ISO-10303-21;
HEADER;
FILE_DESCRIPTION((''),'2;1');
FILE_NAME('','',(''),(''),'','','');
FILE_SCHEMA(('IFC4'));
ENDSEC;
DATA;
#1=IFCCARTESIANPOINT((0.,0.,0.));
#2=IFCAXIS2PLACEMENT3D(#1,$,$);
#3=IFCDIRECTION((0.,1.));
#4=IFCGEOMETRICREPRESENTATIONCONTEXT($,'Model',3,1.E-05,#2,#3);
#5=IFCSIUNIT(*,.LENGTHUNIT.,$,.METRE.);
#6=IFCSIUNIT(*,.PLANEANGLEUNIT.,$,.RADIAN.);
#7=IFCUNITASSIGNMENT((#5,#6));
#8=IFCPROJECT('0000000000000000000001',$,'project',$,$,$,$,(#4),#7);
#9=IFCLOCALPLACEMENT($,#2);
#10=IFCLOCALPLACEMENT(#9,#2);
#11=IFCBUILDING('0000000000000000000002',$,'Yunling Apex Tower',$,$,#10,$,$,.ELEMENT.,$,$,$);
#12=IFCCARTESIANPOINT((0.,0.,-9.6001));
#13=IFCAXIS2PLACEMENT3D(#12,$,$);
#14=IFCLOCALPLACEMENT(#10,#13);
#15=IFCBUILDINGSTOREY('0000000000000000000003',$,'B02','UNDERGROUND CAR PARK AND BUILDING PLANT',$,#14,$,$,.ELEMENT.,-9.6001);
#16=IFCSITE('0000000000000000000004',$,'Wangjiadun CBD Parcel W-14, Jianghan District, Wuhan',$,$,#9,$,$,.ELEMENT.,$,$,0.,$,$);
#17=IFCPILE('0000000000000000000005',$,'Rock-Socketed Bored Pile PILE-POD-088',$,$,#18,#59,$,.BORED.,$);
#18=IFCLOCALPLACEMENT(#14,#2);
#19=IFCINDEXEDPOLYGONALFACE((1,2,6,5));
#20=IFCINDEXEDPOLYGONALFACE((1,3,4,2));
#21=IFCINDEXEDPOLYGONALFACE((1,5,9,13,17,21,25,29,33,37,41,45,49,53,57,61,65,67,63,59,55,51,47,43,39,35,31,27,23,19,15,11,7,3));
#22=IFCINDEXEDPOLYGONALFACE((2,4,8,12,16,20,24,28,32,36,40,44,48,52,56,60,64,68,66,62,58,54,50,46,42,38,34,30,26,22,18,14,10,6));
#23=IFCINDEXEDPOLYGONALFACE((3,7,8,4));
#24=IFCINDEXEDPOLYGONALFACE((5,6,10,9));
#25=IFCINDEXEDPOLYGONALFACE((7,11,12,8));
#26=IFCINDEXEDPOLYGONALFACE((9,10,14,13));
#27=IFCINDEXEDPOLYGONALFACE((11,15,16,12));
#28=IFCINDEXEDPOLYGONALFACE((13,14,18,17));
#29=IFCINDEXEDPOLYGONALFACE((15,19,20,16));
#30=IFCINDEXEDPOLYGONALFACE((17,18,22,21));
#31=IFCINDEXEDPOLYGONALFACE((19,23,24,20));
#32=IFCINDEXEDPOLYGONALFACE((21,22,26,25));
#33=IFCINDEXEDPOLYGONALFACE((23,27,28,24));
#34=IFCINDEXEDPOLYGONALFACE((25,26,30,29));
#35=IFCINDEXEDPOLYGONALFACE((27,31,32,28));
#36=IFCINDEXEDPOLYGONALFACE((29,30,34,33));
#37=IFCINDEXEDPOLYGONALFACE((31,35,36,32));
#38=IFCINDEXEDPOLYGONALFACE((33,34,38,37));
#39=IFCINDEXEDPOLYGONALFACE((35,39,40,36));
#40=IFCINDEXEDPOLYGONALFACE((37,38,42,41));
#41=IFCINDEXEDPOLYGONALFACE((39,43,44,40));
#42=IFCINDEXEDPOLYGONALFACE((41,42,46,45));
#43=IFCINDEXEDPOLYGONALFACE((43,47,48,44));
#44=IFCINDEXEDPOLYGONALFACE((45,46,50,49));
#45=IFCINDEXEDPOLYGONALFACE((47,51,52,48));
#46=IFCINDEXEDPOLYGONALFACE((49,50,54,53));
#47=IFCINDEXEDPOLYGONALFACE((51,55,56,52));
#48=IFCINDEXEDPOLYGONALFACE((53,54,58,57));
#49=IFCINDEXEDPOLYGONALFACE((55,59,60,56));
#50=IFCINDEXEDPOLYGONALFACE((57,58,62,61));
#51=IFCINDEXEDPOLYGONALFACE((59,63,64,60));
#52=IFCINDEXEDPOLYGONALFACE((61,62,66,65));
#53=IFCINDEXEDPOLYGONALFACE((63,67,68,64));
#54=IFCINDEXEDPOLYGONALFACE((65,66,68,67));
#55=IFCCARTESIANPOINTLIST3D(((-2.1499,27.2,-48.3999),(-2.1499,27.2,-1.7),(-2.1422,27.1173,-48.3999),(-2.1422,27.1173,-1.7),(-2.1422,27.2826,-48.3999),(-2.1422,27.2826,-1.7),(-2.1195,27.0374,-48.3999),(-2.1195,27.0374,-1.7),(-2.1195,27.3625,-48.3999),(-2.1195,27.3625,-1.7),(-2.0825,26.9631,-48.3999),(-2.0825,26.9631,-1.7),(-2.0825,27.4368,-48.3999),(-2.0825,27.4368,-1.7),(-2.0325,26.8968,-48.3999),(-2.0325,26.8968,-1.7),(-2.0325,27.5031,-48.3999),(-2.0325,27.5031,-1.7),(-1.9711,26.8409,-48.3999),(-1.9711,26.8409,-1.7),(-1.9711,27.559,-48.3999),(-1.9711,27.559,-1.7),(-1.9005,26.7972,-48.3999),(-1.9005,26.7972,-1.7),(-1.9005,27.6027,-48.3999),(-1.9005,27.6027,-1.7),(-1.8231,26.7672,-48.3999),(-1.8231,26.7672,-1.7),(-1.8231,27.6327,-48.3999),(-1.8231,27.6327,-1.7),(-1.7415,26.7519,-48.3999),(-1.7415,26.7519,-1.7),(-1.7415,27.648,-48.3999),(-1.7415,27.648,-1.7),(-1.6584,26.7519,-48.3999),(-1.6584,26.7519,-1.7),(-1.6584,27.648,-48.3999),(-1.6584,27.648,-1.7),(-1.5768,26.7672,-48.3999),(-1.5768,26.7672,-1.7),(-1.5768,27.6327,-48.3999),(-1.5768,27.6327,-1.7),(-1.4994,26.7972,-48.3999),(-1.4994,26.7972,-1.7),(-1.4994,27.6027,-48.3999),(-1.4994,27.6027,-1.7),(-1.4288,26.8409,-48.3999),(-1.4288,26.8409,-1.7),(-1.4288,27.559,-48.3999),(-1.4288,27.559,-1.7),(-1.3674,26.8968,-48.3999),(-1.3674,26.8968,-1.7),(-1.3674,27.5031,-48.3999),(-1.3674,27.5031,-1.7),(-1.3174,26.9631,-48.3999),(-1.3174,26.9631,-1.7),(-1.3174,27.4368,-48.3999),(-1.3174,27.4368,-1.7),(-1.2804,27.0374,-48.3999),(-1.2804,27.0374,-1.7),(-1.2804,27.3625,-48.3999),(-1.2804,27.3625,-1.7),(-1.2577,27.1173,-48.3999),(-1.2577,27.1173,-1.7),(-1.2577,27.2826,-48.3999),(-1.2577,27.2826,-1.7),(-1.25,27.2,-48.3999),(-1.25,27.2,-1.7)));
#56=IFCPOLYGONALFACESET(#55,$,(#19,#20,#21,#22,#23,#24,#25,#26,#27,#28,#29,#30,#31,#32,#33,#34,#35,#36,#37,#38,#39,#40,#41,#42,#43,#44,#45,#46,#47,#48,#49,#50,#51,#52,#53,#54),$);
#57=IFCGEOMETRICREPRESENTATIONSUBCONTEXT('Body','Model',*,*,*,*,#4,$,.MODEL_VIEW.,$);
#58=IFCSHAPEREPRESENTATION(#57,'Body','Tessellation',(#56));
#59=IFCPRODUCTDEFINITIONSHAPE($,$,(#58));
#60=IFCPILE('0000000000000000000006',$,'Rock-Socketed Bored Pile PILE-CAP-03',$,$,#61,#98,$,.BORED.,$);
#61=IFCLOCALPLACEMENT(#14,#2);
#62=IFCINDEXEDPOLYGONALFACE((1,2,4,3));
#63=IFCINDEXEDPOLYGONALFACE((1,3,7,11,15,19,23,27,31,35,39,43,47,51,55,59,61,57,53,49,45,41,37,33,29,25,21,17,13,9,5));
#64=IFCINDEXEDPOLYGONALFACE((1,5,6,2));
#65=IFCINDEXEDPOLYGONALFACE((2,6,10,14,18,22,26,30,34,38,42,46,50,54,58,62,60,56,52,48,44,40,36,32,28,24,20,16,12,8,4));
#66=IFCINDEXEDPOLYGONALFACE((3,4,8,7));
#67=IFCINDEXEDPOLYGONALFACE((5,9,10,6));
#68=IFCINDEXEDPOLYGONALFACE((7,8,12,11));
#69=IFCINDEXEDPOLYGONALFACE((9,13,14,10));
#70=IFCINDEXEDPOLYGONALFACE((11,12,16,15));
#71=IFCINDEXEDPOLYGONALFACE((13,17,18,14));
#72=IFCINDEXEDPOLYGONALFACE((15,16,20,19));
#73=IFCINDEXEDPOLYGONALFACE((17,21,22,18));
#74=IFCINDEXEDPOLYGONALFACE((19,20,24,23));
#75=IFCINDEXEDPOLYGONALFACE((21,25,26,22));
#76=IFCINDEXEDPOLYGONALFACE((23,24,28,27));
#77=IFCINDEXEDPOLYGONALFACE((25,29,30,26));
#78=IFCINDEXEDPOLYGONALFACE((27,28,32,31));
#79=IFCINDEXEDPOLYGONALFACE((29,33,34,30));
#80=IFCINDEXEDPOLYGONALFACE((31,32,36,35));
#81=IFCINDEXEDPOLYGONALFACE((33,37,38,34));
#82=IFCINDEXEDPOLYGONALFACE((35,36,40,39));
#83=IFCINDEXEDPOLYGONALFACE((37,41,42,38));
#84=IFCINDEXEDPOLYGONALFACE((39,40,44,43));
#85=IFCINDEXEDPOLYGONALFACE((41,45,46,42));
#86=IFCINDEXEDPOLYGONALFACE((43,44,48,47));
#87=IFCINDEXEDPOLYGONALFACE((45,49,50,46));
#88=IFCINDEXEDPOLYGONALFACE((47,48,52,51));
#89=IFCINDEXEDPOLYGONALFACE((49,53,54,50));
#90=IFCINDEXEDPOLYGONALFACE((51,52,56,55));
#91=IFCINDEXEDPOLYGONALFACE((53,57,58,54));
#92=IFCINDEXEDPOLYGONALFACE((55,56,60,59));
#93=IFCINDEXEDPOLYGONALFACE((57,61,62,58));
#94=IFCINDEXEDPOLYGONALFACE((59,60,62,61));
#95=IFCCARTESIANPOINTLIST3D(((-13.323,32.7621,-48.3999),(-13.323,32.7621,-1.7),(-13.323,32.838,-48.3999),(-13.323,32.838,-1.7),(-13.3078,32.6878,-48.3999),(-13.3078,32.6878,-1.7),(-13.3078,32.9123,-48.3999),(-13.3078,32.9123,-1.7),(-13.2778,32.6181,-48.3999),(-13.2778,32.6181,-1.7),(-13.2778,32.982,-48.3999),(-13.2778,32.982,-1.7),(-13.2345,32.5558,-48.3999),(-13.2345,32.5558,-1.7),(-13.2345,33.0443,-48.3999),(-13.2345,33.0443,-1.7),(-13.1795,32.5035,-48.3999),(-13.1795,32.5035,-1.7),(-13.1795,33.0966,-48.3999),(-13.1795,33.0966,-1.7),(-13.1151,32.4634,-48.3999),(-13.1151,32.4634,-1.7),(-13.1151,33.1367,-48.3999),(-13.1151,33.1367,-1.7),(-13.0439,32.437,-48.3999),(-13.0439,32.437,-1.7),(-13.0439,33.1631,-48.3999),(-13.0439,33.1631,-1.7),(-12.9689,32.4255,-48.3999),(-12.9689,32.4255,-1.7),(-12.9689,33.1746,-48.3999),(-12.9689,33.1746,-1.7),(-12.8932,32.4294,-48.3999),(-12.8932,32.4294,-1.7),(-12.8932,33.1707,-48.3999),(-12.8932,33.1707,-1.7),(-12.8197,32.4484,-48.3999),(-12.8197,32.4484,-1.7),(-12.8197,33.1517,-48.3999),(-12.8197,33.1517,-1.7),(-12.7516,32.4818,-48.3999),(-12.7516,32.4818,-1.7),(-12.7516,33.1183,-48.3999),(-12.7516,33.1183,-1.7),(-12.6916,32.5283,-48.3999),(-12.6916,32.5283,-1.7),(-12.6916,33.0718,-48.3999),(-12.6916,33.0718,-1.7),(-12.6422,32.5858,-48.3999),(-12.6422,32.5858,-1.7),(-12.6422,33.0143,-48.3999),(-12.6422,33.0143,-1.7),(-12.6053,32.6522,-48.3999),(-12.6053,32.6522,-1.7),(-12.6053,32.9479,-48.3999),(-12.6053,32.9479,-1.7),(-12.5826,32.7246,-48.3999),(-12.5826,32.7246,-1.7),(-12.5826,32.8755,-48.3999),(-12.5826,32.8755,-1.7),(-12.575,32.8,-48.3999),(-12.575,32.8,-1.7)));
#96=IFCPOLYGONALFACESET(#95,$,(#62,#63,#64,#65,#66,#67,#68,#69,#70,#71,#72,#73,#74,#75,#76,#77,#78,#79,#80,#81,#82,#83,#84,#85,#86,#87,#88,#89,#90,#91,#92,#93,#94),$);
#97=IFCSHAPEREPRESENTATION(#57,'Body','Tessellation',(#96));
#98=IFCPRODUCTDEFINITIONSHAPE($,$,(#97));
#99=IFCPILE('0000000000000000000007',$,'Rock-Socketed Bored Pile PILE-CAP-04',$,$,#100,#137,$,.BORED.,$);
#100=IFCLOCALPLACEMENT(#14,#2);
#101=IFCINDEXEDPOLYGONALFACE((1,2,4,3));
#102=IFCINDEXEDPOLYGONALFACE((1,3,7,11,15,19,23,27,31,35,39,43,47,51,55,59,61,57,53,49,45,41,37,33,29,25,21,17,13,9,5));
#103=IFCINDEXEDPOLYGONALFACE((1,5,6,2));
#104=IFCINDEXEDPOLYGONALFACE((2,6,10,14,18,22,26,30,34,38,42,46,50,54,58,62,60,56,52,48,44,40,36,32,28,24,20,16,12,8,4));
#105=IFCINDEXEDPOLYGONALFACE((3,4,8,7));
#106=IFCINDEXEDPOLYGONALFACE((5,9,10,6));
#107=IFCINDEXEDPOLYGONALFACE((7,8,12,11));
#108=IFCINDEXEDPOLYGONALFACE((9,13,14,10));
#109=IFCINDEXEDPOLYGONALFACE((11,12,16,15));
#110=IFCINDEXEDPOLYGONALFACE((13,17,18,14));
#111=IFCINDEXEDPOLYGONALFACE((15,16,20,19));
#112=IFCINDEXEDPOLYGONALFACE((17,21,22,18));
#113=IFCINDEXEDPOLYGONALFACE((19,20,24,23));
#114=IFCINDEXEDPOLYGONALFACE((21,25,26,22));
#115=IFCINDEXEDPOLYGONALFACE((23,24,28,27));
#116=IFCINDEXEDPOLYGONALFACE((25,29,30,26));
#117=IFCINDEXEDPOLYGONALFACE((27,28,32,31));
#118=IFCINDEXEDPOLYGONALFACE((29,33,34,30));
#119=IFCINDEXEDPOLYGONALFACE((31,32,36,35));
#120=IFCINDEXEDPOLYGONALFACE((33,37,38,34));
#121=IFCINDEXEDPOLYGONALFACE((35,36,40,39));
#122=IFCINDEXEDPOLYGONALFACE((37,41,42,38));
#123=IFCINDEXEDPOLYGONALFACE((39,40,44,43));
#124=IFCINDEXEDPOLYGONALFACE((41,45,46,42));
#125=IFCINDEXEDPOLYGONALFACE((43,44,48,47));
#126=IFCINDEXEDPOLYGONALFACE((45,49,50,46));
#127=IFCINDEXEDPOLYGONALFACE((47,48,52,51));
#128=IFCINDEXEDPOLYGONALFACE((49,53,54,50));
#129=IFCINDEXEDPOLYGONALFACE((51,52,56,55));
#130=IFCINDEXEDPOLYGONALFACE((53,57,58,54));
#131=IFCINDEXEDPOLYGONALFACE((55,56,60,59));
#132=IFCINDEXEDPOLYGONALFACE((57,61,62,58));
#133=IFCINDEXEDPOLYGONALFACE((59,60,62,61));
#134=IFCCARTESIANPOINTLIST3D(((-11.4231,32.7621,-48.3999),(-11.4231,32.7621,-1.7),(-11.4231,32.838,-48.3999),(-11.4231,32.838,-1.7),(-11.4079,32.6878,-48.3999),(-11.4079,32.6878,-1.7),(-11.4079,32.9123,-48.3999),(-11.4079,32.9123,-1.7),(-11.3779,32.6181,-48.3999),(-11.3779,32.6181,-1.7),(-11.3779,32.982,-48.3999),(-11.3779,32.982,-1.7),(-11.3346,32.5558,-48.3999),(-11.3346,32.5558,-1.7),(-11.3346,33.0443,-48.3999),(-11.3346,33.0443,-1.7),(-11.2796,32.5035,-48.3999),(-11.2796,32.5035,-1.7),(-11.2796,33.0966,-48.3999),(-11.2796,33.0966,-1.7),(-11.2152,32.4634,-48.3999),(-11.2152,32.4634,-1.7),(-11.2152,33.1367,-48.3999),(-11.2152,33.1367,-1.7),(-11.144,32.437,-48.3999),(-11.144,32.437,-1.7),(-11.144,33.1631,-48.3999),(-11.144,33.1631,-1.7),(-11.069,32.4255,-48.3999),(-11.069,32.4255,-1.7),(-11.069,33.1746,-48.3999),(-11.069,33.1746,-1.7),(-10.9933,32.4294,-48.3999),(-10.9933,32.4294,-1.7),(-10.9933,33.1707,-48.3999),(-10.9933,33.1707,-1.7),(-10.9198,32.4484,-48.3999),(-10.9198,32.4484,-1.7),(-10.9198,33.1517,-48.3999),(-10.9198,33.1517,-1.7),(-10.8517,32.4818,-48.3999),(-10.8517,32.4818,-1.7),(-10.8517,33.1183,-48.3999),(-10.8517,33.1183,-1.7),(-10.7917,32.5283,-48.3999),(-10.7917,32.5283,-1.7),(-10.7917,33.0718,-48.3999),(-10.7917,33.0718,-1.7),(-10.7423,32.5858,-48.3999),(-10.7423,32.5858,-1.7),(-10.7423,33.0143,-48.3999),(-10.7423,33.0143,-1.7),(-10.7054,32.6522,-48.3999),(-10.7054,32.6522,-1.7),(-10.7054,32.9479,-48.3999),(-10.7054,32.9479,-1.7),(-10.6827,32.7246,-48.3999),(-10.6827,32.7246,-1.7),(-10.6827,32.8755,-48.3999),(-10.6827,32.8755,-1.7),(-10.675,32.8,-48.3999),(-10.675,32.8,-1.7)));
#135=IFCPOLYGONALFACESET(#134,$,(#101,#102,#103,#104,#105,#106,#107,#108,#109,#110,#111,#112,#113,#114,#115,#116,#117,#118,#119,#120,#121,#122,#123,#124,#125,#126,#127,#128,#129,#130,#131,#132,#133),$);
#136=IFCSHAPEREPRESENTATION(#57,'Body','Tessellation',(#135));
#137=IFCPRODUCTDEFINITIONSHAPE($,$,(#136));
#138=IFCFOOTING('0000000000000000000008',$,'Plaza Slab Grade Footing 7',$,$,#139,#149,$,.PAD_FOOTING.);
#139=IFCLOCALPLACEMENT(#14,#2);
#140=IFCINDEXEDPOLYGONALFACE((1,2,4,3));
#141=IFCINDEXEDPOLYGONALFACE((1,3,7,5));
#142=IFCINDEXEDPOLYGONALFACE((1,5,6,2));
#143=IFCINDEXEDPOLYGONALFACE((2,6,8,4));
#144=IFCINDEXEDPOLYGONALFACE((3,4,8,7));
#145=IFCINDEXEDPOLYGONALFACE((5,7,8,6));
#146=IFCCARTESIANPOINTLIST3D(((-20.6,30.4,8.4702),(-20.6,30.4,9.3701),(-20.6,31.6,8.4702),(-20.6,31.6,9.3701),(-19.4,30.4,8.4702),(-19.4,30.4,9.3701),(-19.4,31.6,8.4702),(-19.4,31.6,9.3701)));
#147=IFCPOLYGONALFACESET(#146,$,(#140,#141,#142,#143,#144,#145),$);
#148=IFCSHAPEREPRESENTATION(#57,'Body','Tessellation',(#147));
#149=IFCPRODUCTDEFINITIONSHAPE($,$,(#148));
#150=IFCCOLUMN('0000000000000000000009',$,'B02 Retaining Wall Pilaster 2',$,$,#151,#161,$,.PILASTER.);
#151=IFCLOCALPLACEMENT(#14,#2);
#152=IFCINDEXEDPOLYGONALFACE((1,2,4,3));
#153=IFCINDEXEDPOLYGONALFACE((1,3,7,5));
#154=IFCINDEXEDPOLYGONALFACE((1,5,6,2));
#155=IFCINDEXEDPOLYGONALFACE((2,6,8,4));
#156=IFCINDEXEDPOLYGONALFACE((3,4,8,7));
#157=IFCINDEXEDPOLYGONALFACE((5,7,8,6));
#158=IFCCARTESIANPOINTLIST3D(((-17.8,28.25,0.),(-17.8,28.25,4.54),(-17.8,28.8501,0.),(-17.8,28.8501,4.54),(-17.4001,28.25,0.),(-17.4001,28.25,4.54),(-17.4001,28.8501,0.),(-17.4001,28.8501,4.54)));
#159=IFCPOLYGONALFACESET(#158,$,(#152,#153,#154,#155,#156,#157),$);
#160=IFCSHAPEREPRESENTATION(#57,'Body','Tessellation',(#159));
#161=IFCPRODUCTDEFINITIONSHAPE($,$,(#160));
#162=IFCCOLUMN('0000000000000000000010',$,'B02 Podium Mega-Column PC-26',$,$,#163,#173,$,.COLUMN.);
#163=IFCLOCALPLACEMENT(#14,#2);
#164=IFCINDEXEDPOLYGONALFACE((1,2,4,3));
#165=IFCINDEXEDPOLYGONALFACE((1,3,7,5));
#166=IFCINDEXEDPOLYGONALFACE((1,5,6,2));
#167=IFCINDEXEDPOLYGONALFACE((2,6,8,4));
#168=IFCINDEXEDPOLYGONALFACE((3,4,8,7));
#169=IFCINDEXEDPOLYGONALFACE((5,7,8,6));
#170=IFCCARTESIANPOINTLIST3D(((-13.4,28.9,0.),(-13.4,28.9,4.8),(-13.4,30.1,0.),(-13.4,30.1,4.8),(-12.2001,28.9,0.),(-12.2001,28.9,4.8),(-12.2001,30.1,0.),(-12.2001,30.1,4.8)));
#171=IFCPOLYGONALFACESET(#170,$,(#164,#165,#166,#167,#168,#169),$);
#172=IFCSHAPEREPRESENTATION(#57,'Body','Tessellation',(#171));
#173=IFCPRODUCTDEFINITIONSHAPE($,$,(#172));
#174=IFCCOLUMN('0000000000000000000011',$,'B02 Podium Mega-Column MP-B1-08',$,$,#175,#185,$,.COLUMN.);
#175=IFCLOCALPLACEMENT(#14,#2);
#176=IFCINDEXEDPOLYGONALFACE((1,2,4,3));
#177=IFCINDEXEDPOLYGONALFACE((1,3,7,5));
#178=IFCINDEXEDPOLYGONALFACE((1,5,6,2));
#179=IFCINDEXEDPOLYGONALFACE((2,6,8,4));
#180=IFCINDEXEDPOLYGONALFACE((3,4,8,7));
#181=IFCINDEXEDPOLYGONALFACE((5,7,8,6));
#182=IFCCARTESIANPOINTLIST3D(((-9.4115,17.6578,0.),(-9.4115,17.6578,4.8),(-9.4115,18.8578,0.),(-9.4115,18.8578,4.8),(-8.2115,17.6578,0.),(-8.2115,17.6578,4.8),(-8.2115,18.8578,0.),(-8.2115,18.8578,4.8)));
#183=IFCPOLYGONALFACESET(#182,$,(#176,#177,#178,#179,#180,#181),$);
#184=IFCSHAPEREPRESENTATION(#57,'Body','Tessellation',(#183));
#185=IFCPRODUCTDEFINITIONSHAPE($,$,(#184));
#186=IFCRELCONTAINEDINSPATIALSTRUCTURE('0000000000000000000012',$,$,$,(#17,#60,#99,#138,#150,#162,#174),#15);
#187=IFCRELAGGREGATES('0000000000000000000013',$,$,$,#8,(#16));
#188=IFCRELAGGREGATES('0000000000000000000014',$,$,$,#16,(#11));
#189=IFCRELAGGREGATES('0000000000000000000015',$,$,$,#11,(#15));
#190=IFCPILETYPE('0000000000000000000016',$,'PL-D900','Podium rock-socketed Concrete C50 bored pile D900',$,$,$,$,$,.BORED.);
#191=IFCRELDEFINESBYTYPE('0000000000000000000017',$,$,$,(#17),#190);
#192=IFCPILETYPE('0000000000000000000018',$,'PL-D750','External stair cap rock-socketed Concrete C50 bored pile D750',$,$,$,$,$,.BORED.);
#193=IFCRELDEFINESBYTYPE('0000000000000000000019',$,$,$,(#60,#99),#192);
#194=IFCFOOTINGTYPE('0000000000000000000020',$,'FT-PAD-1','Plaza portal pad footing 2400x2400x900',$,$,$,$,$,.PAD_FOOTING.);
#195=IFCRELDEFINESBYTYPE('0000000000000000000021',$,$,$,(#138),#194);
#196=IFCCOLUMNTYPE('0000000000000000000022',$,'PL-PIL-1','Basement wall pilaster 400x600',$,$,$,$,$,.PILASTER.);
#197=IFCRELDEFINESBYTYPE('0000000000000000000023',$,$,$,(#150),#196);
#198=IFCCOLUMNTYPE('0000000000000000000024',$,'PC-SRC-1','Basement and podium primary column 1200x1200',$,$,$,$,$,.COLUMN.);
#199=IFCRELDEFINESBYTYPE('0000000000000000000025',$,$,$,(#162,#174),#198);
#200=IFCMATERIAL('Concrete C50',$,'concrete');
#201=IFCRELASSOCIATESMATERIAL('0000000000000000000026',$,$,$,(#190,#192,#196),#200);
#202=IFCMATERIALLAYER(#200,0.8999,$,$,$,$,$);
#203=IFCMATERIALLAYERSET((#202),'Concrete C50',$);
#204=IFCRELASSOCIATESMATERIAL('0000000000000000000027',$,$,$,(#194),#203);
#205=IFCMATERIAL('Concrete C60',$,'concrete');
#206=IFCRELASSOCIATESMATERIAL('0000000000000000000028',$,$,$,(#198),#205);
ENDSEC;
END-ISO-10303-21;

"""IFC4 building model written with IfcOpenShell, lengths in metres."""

from ifc_helpers import new_model, si_unit, direction, frame, origin, origin_2d, place, context, subcontext, project, spatial, rectangle, circle, extrude, source, transform, mapped, material, layer, layer_set, material_profile, profile_set, type_object, element, save


model = new_model("IFC4")

# Units and contexts
model_context = context("Model", 3, precision=1e-05, world=origin(), true_north=direction((0.0, 1.0)))
body_context = subcontext(model_context, "Body", "Model", "MODEL_VIEW")
ifc_project = project(units=[si_unit("LENGTHUNIT", "METRE"), si_unit("PLANEANGLEUNIT", "RADIAN")], contexts=[model_context])

# Site, building, storey
site_placement = place(None, origin())
site = spatial("IfcSite", under=ifc_project, at=site_placement, Name="Wangjiadun CBD Parcel W-14, Jianghan District, Wuhan", CompositionType="ELEMENT", RefElevation=0.0)
building_placement = place(site_placement, origin())
building = spatial("IfcBuilding", under=site, at=building_placement, Name="Yunling Apex Tower", CompositionType="ELEMENT")
storey_placement = place(building_placement, frame((0.0, 0.0, -9.6001)))
storey = spatial("IfcBuildingStorey", under=building, at=storey_placement, Name="B02", Description="UNDERGROUND CAR PARK AND BUILDING PLANT", CompositionType="ELEMENT", Elevation=-9.6001)

# Shared definitions
ifc_material_1 = material(Name="Concrete C50", Category="concrete")

# Piles
ifc_material_profile_1 = material_profile(ifc_material_1, circle(Radius=0.45, at=origin_2d()))
ifc_profile_set_1 = profile_set([ifc_material_profile_1], Name="Concrete C50")
pile_type_1 = type_object("IfcPileType", Name="PL-D900", Description="Podium rock-socketed Concrete C50 bored pile D900", PredefinedType="BORED", material=ifc_profile_set_1)
shared_shape_1 = source(origin(), body_context, "Body", "SweptSolid", [
    extrude(circle(Radius=0.45, at=origin_2d()), origin(), (0.0, 0.0, 1.0), 46.7),
])
for number, where, z_axis, x_axis, name in (
    (1, (-1.7, 27.2, -1.7), (0.0, 0.0, -1.0), (1.0, 0.0, 0.0), "Rock-Socketed Bored Pile PILE-POD-088"),
):
    element("IfcPile", number, at=place(storey_placement, frame(where, z_axis=z_axis, x_axis=x_axis)), inside=storey, type_object=pile_type_1, Name=name, PredefinedType="BORED", context=body_context, shape_type="MappedRepresentation", body=[
        mapped(shared_shape_1, transform((0.0, 0.0, 0.0), scale=1.0)),
    ])
ifc_material_profile_2 = material_profile(ifc_material_1, circle(Radius=0.375, at=origin_2d()))
ifc_profile_set_2 = profile_set([ifc_material_profile_2], Name="Concrete C50")
pile_type_2 = type_object("IfcPileType", Name="PL-D750", Description="External stair cap rock-socketed Concrete C50 bored pile D750", PredefinedType="BORED", material=ifc_profile_set_2)
shared_shape_2 = source(origin(), body_context, "Body", "SweptSolid", [
    extrude(circle(Radius=0.375, at=origin_2d()), origin(), (0.0, 0.0, 1.0), 46.7),
])
for number, where, z_axis, x_axis, name in (
    (2, (-12.95, 32.8, -1.7), (0.0, 0.0, -1.0), (1.0, 0.0, 0.0), "Rock-Socketed Bored Pile PILE-CAP-03"),
    (3, (-11.05, 32.8, -1.7), (0.0, 0.0, -1.0), (1.0, 0.0, 0.0), "Rock-Socketed Bored Pile PILE-CAP-04"),
):
    element("IfcPile", number, at=place(storey_placement, frame(where, z_axis=z_axis, x_axis=x_axis)), inside=storey, type_object=pile_type_2, Name=name, PredefinedType="BORED", context=body_context, shape_type="MappedRepresentation", body=[
        mapped(shared_shape_2, transform((0.0, 0.0, 0.0), scale=1.0)),
    ])

# Footing
ifc_layer_1 = layer(ifc_material_1, 0.8999)
ifc_layer_set_1 = layer_set([ifc_layer_1], Name="Concrete C50")
footing_type_1 = type_object("IfcFootingType", Name="FT-PAD-1", Description="Plaza portal pad footing 2400x2400x900", PredefinedType="PAD_FOOTING", material=ifc_layer_set_1)
shared_shape_3 = source(origin(), body_context, "Body", "SweptSolid", [
    extrude(rectangle(XDim=1.2, YDim=1.2, at=origin_2d()), origin(), (0.0, 0.0, 1.0), 0.8999),
])
footing_1_placement = place(storey_placement, frame((-20.0, 31.0, 8.4702), z_axis=(0.0, 0.0, 1.0), x_axis=(1.0, 0.0, 0.0)))
element("IfcFooting", 4, at=footing_1_placement, inside=storey, type_object=footing_type_1, Name="Plaza Slab Grade Footing 7", PredefinedType="PAD_FOOTING", context=body_context, shape_type="MappedRepresentation", body=[
    mapped(shared_shape_3, transform((0.0, 0.0, 0.0), scale=1.0)),
])

# Columns
ifc_material_profile_3 = material_profile(ifc_material_1, rectangle(XDim=0.3999, YDim=0.6001, at=origin_2d()))
ifc_profile_set_3 = profile_set([ifc_material_profile_3], Name="Concrete C50")
column_type_1 = type_object("IfcColumnType", Name="PL-PIL-1", Description="Basement wall pilaster 400x600", PredefinedType="PILASTER", material=ifc_profile_set_3)
shared_shape_4 = source(origin(), body_context, "Body", "SweptSolid", [
    extrude(rectangle(XDim=0.3999, YDim=0.6001, at=origin_2d()), origin(), (0.0, 0.0, 1.0), 4.54),
])
column_placement = place(storey_placement, frame((-17.6001, 28.55, 0.0), z_axis=(0.0, 0.0, 1.0), x_axis=(1.0, 0.0, 0.0)))
element("IfcColumn", 5, at=column_placement, inside=storey, type_object=column_type_1, Name="B02 Retaining Wall Pilaster 2", PredefinedType="PILASTER", context=body_context, shape_type="MappedRepresentation", body=[
    mapped(shared_shape_4, transform((0.0, 0.0, 0.0), scale=1.0)),
])
ifc_material_2 = material(Name="Concrete C60", Category="concrete")
ifc_material_profile_4 = material_profile(ifc_material_2, rectangle(XDim=1.2, YDim=1.2, at=origin_2d()))
ifc_profile_set_4 = profile_set([ifc_material_profile_4], Name="Concrete C60")
column_type_2 = type_object("IfcColumnType", Name="PC-SRC-1", Description="Basement and podium primary column 1200x1200", PredefinedType="COLUMN", material=ifc_profile_set_4)
shared_shape_5 = source(origin(), body_context, "Body", "SweptSolid", [
    extrude(rectangle(XDim=1.2, YDim=1.2, at=origin_2d()), origin(), (0.0, 0.0, 1.0), 4.8),
])
for number, where, z_axis, x_axis, name in (
    (6, (-12.8, 29.5, 0.0), (0.0, 0.0, 1.0), (1.0, 0.0, 0.0), "B02 Podium Mega-Column PC-26"),
    (7, (-8.8115, 18.2578, 0.0), (0.0, 0.0, 1.0), (1.0, 0.0, 0.0), "B02 Podium Mega-Column MP-B1-08"),
):
    element("IfcColumn", number, at=place(storey_placement, frame(where, z_axis=z_axis, x_axis=x_axis)), inside=storey, type_object=column_type_2, Name=name, PredefinedType="COLUMN", context=body_context, shape_type="MappedRepresentation", body=[
        mapped(shared_shape_5, transform((0.0, 0.0, 0.0), scale=1.0)),
    ])

save(model, "model.ifc")
